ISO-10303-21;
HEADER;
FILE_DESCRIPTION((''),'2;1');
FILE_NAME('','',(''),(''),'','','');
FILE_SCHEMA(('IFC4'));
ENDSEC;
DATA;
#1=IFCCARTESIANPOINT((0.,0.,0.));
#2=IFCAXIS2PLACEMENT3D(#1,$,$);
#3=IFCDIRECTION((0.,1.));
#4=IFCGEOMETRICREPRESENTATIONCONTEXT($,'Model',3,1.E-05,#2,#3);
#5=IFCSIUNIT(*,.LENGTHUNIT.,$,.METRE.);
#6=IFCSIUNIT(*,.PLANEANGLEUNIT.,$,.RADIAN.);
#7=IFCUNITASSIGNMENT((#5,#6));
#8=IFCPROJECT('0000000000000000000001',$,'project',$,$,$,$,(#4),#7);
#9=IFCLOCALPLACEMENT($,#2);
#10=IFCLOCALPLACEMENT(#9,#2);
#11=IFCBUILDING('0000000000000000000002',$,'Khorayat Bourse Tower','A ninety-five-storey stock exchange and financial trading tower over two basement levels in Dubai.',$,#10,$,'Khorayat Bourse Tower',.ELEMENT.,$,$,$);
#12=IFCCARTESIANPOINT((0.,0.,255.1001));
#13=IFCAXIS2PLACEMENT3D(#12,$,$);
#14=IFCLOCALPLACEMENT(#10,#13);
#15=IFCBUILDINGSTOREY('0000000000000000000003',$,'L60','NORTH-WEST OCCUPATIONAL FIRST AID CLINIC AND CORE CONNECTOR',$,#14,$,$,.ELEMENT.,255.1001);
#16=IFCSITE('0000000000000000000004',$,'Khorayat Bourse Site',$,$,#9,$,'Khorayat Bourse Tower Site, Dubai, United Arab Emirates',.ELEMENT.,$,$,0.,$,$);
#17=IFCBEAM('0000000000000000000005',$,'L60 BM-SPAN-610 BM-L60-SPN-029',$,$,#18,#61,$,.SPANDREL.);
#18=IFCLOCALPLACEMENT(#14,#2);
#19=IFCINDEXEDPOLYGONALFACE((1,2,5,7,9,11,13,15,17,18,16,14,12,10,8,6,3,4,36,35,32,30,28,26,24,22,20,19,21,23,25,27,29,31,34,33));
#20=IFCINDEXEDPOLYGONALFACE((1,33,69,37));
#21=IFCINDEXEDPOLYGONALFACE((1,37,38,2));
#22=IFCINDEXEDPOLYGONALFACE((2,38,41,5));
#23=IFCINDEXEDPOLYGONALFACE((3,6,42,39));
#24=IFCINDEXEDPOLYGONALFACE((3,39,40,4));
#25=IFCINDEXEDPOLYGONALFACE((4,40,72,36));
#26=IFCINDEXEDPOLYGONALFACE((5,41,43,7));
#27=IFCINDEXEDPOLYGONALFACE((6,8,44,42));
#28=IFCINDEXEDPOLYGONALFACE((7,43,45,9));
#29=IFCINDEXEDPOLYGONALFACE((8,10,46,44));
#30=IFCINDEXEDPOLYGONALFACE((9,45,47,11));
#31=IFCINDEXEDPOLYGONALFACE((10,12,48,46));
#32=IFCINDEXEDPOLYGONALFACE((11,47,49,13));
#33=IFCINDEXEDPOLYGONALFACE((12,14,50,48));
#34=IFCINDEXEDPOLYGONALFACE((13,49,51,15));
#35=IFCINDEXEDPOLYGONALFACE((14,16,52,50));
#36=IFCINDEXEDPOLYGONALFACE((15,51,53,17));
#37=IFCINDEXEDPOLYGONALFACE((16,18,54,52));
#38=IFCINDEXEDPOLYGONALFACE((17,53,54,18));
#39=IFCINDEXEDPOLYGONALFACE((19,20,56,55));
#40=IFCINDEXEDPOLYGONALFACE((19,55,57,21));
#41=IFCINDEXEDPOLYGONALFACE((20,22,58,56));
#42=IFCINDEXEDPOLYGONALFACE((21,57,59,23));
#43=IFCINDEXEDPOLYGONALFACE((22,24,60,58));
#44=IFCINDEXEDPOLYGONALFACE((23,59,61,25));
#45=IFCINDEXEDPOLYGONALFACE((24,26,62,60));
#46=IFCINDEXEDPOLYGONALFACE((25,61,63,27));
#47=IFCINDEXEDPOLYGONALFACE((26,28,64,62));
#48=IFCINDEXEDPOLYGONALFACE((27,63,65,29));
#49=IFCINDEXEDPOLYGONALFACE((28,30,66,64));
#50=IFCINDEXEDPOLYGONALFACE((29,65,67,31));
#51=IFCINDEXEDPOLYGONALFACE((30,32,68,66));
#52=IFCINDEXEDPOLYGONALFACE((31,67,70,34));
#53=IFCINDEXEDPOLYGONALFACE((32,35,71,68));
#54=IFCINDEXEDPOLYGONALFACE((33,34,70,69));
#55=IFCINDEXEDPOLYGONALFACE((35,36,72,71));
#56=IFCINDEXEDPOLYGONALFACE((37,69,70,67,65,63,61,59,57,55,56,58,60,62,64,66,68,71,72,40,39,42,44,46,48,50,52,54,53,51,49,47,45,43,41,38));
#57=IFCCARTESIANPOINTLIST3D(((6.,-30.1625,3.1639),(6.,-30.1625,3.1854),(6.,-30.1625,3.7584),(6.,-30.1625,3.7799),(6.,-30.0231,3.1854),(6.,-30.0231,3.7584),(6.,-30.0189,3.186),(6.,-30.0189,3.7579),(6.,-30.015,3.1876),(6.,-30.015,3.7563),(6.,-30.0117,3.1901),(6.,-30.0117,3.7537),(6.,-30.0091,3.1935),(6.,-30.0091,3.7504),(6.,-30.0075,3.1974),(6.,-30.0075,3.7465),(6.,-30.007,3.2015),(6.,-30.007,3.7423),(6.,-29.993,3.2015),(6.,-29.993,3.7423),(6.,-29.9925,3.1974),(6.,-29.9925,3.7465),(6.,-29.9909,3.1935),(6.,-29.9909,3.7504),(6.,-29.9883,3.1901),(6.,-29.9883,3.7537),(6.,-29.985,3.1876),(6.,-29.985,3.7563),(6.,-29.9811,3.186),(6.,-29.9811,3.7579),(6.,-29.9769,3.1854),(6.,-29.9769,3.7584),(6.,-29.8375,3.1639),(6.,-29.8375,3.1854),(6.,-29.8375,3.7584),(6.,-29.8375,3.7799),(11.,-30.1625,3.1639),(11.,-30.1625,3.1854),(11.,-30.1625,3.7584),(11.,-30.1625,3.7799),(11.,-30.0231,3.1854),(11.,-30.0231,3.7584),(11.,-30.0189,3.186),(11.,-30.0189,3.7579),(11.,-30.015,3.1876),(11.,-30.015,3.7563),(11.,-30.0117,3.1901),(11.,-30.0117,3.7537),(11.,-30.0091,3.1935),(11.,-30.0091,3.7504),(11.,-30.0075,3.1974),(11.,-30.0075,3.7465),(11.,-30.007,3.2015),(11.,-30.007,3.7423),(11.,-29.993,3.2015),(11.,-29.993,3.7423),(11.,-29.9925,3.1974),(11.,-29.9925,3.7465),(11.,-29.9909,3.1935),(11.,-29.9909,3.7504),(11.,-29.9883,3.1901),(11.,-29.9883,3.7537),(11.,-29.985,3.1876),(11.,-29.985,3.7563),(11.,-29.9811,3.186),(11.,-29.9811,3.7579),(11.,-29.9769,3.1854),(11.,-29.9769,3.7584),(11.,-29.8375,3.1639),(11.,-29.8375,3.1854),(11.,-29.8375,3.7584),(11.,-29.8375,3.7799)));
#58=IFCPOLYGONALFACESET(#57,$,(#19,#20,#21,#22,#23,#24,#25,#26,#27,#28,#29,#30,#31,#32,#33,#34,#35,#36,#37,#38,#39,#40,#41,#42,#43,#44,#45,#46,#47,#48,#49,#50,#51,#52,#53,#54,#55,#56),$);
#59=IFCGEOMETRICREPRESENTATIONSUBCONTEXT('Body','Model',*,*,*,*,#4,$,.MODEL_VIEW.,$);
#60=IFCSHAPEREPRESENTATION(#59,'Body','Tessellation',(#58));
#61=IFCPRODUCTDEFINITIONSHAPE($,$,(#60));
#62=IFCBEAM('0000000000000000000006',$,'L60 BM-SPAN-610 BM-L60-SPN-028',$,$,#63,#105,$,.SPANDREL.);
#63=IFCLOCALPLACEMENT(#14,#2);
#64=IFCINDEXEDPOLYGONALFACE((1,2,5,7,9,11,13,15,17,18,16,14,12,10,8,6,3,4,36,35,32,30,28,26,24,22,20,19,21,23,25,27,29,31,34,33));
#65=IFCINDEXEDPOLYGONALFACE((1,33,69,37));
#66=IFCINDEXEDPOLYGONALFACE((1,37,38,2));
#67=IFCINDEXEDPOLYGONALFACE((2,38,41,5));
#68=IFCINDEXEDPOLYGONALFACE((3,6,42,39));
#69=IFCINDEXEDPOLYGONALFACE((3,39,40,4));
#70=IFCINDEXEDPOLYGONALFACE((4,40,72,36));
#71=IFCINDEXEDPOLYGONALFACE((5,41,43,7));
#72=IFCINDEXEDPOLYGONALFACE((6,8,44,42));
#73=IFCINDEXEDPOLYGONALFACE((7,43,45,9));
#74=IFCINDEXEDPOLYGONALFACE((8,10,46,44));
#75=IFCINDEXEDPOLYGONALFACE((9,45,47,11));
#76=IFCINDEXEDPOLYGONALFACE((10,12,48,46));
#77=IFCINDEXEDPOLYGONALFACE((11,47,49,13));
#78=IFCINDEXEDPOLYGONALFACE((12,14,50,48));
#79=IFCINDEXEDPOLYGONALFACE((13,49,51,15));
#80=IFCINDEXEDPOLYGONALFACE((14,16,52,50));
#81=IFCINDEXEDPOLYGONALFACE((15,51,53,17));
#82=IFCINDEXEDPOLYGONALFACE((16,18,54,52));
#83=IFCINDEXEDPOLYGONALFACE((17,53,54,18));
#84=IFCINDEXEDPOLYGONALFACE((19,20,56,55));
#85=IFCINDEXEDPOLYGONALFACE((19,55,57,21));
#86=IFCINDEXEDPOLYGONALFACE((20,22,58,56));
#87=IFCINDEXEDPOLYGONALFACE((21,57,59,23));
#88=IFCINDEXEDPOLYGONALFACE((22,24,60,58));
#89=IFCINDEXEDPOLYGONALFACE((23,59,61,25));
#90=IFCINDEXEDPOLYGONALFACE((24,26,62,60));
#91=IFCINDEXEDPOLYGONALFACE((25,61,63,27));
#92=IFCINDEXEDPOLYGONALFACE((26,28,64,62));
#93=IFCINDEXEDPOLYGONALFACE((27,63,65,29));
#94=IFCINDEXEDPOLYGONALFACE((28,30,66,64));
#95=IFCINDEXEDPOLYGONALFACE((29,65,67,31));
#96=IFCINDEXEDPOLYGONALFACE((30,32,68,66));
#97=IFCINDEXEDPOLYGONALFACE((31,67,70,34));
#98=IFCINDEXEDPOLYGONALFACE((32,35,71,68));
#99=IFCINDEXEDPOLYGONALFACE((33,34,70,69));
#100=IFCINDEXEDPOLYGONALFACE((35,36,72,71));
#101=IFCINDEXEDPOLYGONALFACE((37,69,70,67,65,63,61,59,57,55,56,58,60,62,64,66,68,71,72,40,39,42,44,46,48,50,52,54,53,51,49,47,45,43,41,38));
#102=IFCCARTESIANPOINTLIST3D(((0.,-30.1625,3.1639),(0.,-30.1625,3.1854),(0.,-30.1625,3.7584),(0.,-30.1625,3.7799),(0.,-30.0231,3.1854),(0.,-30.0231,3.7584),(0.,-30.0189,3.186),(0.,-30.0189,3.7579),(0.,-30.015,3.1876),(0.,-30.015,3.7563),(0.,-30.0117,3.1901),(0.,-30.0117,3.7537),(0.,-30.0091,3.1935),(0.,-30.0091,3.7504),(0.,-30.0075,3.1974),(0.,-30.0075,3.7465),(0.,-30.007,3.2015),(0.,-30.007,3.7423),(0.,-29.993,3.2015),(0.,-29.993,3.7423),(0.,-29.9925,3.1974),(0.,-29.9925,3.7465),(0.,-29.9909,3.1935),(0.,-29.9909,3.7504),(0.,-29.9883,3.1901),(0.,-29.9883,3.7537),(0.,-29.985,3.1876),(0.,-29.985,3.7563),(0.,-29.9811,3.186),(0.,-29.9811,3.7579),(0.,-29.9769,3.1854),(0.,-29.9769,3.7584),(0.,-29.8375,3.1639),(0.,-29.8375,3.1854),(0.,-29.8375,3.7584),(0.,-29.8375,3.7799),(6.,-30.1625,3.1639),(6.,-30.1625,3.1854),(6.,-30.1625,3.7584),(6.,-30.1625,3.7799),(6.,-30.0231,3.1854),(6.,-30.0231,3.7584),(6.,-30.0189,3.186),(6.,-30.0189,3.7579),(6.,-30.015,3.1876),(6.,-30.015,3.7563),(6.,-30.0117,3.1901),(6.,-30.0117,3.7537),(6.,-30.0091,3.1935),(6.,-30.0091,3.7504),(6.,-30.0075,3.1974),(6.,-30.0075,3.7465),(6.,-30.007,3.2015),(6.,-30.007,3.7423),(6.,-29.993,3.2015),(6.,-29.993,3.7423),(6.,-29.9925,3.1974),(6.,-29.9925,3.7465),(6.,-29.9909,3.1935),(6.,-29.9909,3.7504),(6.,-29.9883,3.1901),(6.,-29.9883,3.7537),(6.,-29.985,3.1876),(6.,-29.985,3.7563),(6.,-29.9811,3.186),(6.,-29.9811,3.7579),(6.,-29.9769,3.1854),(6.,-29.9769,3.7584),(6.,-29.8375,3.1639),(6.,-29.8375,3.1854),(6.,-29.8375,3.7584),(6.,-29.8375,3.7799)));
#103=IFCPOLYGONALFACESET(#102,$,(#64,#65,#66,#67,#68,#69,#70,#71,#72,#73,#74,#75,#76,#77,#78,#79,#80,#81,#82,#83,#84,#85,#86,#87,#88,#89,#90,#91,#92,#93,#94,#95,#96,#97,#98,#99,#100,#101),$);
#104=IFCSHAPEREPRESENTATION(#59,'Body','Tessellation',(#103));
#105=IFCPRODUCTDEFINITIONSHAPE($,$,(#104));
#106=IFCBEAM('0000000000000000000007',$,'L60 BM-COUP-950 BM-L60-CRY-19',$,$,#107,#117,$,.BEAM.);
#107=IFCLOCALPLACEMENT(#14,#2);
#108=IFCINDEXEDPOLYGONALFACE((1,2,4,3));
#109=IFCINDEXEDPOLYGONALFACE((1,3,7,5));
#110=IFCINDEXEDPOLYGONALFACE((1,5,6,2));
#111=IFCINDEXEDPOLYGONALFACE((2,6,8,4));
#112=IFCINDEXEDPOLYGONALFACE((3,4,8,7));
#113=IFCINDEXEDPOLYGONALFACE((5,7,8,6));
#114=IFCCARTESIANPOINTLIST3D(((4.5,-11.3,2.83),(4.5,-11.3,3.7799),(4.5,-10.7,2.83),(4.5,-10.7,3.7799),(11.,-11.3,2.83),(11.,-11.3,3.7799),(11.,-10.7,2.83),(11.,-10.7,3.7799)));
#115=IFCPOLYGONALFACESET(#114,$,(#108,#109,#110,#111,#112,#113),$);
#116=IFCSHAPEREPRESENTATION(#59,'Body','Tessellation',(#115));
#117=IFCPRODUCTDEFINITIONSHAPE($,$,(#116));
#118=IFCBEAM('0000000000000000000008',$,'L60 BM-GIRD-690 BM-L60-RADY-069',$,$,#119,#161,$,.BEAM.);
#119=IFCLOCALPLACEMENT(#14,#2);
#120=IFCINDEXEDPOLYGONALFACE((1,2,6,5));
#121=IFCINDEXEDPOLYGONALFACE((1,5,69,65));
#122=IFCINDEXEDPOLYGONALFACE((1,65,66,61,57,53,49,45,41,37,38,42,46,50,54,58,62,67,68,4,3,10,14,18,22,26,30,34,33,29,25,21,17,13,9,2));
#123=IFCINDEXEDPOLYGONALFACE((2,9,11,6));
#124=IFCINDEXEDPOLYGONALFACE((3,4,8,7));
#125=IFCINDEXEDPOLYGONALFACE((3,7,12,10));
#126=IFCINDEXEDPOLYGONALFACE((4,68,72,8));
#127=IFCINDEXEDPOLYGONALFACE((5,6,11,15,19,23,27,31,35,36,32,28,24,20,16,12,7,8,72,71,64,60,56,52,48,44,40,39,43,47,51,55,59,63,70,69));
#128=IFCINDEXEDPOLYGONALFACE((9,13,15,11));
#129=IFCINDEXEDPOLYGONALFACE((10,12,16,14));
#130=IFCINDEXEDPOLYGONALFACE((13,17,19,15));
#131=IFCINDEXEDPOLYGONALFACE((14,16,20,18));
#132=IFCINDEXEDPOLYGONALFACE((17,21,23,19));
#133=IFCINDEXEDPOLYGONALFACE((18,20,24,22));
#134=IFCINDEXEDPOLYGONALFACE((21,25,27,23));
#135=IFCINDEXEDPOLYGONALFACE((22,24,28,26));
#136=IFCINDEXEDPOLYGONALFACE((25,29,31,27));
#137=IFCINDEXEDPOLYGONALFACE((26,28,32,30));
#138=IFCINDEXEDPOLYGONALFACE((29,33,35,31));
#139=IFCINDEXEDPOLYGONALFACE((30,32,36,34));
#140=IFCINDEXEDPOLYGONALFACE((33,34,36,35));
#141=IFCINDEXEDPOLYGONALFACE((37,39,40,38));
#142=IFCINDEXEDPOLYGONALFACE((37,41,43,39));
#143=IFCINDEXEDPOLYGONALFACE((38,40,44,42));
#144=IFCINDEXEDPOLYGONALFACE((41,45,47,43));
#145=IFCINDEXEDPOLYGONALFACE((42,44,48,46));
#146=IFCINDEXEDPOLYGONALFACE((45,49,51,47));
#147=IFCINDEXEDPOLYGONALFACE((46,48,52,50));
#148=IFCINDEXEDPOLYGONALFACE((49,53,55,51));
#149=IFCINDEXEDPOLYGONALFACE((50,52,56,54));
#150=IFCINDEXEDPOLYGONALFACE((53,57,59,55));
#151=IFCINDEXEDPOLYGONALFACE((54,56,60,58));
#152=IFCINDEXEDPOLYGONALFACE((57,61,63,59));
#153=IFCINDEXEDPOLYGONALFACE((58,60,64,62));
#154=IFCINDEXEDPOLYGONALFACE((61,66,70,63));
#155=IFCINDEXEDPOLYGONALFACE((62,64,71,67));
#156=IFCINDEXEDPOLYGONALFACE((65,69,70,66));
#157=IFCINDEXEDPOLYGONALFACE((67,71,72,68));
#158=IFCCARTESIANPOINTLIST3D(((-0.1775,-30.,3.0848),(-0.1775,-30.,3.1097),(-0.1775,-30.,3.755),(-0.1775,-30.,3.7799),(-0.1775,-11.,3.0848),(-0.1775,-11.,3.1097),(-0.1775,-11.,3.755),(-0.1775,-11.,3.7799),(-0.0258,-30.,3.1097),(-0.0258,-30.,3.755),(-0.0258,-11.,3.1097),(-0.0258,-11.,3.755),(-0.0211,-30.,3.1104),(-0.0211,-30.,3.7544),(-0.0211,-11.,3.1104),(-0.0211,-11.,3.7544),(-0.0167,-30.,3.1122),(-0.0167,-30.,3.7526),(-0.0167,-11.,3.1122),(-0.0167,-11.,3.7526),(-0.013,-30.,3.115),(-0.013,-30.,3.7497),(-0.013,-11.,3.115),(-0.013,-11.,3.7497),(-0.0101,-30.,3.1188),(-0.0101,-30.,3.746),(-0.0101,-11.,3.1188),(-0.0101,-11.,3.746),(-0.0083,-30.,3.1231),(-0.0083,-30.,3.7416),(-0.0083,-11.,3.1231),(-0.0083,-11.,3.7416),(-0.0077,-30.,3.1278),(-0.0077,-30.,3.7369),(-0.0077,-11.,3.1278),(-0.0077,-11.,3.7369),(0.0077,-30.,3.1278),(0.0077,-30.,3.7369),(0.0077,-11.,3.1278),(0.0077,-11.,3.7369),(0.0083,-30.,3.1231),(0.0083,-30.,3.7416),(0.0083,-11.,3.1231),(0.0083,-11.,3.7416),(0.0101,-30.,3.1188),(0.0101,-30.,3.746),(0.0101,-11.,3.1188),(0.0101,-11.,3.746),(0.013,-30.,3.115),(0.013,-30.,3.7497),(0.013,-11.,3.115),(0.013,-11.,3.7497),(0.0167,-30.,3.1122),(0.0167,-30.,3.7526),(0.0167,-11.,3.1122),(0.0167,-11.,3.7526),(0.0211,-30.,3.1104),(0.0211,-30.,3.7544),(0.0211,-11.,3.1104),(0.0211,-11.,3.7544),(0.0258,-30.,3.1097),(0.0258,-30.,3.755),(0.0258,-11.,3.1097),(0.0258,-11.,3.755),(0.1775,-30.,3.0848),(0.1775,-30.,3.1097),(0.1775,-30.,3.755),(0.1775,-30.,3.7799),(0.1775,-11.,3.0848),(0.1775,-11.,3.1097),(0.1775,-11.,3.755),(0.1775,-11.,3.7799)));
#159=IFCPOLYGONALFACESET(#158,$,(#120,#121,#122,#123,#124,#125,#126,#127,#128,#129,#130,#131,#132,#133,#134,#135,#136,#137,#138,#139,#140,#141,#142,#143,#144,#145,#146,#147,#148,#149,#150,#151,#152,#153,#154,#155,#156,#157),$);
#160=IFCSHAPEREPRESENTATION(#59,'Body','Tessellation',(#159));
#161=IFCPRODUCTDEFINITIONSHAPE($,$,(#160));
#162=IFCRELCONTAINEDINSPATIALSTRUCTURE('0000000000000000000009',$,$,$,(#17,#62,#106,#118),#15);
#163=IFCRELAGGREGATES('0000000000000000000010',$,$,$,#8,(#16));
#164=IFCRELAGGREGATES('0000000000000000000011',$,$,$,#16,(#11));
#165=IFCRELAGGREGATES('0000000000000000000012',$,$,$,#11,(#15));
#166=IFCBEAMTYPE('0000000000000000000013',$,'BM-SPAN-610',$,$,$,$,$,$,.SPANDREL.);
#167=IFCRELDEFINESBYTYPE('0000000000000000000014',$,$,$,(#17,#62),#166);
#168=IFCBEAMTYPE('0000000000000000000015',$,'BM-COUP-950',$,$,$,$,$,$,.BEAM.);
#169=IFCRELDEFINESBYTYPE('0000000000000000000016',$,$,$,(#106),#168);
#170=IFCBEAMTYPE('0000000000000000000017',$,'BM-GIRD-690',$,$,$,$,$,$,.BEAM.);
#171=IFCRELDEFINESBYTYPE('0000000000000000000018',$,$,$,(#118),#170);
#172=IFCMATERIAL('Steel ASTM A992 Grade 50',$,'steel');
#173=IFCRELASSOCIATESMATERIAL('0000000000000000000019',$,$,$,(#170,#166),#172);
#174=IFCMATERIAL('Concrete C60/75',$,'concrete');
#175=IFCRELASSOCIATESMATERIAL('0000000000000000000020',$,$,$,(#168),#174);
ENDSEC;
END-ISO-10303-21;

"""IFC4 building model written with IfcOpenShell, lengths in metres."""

from ifc_helpers import new_model, si_unit, direction, frame, origin, origin_2d, place, context, subcontext, project, spatial, rectangle, i_section, extrude, source, transform, mapped, material, material_profile, profile_set, type_object, element, save


model = new_model("IFC4")

# Units and contexts
model_context = context("Model", 3, precision=1e-05, world=origin(), true_north=direction((0.0, 1.0)))
body_context = subcontext(model_context, "Body", "Model", "MODEL_VIEW")
ifc_project = project(units=[si_unit("LENGTHUNIT", "METRE"), si_unit("PLANEANGLEUNIT", "RADIAN")], contexts=[model_context])

# Site, building, storey
site_placement = place(None, origin())
site = spatial("IfcSite", under=ifc_project, at=site_placement, Name="Khorayat Bourse Site", LongName="Khorayat Bourse Tower Site, Dubai, United Arab Emirates", CompositionType="ELEMENT", RefElevation=0.0)
building_placement = place(site_placement, origin())
building = spatial("IfcBuilding", under=site, at=building_placement, Name="Khorayat Bourse Tower", Description="A ninety-five-storey stock exchange and financial trading tower over two basement levels in Dubai.", LongName="Khorayat Bourse Tower", CompositionType="ELEMENT")
storey_placement = place(building_placement, frame((0.0, 0.0, 255.1001)))
storey = spatial("IfcBuildingStorey", under=building, at=storey_placement, Name="L60", Description="NORTH-WEST OCCUPATIONAL FIRST AID CLINIC AND CORE CONNECTOR", CompositionType="ELEMENT", Elevation=255.1001)

# Shared definitions
ifc_material_1 = material(Name="Concrete C60/75", Category="concrete")

# Beams
ifc_material_2 = material(Name="Steel ASTM A992 Grade 50", Category="steel")
ifc_material_profile_1 = material_profile(ifc_material_2, i_section(OverallWidth=0.355, OverallDepth=0.6951, WebThickness=0.0154, FlangeThickness=0.0249, FilletRadius=0.0181, at=origin_2d()), Name="W690X217")
ifc_profile_set_1 = profile_set([ifc_material_profile_1], Name="Steel ASTM A992 Grade 50")
beam_type_1 = type_object("IfcBeamType", Name="BM-GIRD-690", PredefinedType="BEAM", material=ifc_profile_set_1)
ifc_material_profile_2 = material_profile(ifc_material_2, i_section(OverallWidth=0.325, OverallDepth=0.616, WebThickness=0.0139, FlangeThickness=0.0215, FilletRadius=0.0161, at=origin_2d()), Name="W610X174")
ifc_profile_set_2 = profile_set([ifc_material_profile_2], Name="Steel ASTM A992 Grade 50")
beam_type_2 = type_object("IfcBeamType", Name="BM-SPAN-610", PredefinedType="SPANDREL", material=ifc_profile_set_2)
shared_shape_1 = source(origin(), body_context, "Body", "SweptSolid", [
    extrude(i_section(OverallWidth=0.325, OverallDepth=0.616, WebThickness=0.0139, FlangeThickness=0.0215, FilletRadius=0.0161, at=origin_2d()), origin(), (0.0, 0.0, 1.0), 5.0),
])
beam_1_placement = place(storey_placement, frame((6.0, -30.0, 3.4719), z_axis=(1.0, 0.0, 0.0), x_axis=(0.0, 1.0, 0.0)))
element("IfcBeam", 1, at=beam_1_placement, inside=storey, type_object=beam_type_2, Name="L60 BM-SPAN-610 BM-L60-SPN-029", PredefinedType="SPANDREL", context=body_context, shape_type="MappedRepresentation", body=[
    mapped(shared_shape_1, transform((0.0, 0.0, 0.0), scale=1.0)),
])
shared_shape_2 = source(origin(), body_context, "Body", "SweptSolid", [
    extrude(i_section(OverallWidth=0.325, OverallDepth=0.616, WebThickness=0.0139, FlangeThickness=0.0215, FilletRadius=0.0161, at=origin_2d()), origin(), (0.0, 0.0, 1.0), 6.0),
])
beam_2_placement = place(storey_placement, frame((0.0, -30.0, 3.4719), z_axis=(1.0, 0.0, 0.0), x_axis=(0.0, 1.0, 0.0)))
element("IfcBeam", 2, at=beam_2_placement, inside=storey, type_object=beam_type_2, Name="L60 BM-SPAN-610 BM-L60-SPN-028", PredefinedType="SPANDREL", context=body_context, shape_type="MappedRepresentation", body=[
    mapped(shared_shape_2, transform((0.0, 0.0, 0.0), scale=1.0)),
])
ifc_material_profile_3 = material_profile(ifc_material_1, rectangle(XDim=0.6001, YDim=0.95, at=origin_2d()), Name="RC 600x950")
ifc_profile_set_3 = profile_set([ifc_material_profile_3], Name="Concrete C60/75")
beam_type_3 = type_object("IfcBeamType", Name="BM-COUP-950", PredefinedType="BEAM", material=ifc_profile_set_3)
shared_shape_3 = source(origin(), body_context, "Body", "SweptSolid", [
    extrude(rectangle(XDim=0.6001, YDim=0.95, at=origin_2d()), origin(), (0.0, 0.0, 1.0), 6.5),
])
beam_3_placement = place(storey_placement, frame((4.5, -11.0, 3.3049), z_axis=(1.0, 0.0, 0.0), x_axis=(0.0, 1.0, 0.0)))
element("IfcBeam", 3, at=beam_3_placement, inside=storey, type_object=beam_type_3, Name="L60 BM-COUP-950 BM-L60-CRY-19", PredefinedType="BEAM", context=body_context, shape_type="MappedRepresentation", body=[
    mapped(shared_shape_3, transform((0.0, 0.0, 0.0), scale=1.0)),
])
shared_shape_4 = source(origin(), body_context, "Body", "SweptSolid", [
    extrude(i_section(OverallWidth=0.355, OverallDepth=0.6951, WebThickness=0.0154, FlangeThickness=0.0249, FilletRadius=0.0181, at=origin_2d()), origin(), (0.0, 0.0, 1.0), 19.0),
])
for number, where, z_axis, x_axis, name in (
    (4, (0.0, -30.0, 3.4324), (0.0, 1.0, 0.0), (-1.0, 0.0, 0.0), "L60 BM-GIRD-690 BM-L60-RADY-069"),
):
    element("IfcBeam", number, at=place(storey_placement, frame(where, z_axis=z_axis, x_axis=x_axis)), inside=storey, type_object=beam_type_1, Name=name, PredefinedType="BEAM", context=body_context, shape_type="MappedRepresentation", body=[
        mapped(shared_shape_4, transform((0.0, 0.0, 0.0), scale=1.0)),
    ])

save(model, "model.ifc")
